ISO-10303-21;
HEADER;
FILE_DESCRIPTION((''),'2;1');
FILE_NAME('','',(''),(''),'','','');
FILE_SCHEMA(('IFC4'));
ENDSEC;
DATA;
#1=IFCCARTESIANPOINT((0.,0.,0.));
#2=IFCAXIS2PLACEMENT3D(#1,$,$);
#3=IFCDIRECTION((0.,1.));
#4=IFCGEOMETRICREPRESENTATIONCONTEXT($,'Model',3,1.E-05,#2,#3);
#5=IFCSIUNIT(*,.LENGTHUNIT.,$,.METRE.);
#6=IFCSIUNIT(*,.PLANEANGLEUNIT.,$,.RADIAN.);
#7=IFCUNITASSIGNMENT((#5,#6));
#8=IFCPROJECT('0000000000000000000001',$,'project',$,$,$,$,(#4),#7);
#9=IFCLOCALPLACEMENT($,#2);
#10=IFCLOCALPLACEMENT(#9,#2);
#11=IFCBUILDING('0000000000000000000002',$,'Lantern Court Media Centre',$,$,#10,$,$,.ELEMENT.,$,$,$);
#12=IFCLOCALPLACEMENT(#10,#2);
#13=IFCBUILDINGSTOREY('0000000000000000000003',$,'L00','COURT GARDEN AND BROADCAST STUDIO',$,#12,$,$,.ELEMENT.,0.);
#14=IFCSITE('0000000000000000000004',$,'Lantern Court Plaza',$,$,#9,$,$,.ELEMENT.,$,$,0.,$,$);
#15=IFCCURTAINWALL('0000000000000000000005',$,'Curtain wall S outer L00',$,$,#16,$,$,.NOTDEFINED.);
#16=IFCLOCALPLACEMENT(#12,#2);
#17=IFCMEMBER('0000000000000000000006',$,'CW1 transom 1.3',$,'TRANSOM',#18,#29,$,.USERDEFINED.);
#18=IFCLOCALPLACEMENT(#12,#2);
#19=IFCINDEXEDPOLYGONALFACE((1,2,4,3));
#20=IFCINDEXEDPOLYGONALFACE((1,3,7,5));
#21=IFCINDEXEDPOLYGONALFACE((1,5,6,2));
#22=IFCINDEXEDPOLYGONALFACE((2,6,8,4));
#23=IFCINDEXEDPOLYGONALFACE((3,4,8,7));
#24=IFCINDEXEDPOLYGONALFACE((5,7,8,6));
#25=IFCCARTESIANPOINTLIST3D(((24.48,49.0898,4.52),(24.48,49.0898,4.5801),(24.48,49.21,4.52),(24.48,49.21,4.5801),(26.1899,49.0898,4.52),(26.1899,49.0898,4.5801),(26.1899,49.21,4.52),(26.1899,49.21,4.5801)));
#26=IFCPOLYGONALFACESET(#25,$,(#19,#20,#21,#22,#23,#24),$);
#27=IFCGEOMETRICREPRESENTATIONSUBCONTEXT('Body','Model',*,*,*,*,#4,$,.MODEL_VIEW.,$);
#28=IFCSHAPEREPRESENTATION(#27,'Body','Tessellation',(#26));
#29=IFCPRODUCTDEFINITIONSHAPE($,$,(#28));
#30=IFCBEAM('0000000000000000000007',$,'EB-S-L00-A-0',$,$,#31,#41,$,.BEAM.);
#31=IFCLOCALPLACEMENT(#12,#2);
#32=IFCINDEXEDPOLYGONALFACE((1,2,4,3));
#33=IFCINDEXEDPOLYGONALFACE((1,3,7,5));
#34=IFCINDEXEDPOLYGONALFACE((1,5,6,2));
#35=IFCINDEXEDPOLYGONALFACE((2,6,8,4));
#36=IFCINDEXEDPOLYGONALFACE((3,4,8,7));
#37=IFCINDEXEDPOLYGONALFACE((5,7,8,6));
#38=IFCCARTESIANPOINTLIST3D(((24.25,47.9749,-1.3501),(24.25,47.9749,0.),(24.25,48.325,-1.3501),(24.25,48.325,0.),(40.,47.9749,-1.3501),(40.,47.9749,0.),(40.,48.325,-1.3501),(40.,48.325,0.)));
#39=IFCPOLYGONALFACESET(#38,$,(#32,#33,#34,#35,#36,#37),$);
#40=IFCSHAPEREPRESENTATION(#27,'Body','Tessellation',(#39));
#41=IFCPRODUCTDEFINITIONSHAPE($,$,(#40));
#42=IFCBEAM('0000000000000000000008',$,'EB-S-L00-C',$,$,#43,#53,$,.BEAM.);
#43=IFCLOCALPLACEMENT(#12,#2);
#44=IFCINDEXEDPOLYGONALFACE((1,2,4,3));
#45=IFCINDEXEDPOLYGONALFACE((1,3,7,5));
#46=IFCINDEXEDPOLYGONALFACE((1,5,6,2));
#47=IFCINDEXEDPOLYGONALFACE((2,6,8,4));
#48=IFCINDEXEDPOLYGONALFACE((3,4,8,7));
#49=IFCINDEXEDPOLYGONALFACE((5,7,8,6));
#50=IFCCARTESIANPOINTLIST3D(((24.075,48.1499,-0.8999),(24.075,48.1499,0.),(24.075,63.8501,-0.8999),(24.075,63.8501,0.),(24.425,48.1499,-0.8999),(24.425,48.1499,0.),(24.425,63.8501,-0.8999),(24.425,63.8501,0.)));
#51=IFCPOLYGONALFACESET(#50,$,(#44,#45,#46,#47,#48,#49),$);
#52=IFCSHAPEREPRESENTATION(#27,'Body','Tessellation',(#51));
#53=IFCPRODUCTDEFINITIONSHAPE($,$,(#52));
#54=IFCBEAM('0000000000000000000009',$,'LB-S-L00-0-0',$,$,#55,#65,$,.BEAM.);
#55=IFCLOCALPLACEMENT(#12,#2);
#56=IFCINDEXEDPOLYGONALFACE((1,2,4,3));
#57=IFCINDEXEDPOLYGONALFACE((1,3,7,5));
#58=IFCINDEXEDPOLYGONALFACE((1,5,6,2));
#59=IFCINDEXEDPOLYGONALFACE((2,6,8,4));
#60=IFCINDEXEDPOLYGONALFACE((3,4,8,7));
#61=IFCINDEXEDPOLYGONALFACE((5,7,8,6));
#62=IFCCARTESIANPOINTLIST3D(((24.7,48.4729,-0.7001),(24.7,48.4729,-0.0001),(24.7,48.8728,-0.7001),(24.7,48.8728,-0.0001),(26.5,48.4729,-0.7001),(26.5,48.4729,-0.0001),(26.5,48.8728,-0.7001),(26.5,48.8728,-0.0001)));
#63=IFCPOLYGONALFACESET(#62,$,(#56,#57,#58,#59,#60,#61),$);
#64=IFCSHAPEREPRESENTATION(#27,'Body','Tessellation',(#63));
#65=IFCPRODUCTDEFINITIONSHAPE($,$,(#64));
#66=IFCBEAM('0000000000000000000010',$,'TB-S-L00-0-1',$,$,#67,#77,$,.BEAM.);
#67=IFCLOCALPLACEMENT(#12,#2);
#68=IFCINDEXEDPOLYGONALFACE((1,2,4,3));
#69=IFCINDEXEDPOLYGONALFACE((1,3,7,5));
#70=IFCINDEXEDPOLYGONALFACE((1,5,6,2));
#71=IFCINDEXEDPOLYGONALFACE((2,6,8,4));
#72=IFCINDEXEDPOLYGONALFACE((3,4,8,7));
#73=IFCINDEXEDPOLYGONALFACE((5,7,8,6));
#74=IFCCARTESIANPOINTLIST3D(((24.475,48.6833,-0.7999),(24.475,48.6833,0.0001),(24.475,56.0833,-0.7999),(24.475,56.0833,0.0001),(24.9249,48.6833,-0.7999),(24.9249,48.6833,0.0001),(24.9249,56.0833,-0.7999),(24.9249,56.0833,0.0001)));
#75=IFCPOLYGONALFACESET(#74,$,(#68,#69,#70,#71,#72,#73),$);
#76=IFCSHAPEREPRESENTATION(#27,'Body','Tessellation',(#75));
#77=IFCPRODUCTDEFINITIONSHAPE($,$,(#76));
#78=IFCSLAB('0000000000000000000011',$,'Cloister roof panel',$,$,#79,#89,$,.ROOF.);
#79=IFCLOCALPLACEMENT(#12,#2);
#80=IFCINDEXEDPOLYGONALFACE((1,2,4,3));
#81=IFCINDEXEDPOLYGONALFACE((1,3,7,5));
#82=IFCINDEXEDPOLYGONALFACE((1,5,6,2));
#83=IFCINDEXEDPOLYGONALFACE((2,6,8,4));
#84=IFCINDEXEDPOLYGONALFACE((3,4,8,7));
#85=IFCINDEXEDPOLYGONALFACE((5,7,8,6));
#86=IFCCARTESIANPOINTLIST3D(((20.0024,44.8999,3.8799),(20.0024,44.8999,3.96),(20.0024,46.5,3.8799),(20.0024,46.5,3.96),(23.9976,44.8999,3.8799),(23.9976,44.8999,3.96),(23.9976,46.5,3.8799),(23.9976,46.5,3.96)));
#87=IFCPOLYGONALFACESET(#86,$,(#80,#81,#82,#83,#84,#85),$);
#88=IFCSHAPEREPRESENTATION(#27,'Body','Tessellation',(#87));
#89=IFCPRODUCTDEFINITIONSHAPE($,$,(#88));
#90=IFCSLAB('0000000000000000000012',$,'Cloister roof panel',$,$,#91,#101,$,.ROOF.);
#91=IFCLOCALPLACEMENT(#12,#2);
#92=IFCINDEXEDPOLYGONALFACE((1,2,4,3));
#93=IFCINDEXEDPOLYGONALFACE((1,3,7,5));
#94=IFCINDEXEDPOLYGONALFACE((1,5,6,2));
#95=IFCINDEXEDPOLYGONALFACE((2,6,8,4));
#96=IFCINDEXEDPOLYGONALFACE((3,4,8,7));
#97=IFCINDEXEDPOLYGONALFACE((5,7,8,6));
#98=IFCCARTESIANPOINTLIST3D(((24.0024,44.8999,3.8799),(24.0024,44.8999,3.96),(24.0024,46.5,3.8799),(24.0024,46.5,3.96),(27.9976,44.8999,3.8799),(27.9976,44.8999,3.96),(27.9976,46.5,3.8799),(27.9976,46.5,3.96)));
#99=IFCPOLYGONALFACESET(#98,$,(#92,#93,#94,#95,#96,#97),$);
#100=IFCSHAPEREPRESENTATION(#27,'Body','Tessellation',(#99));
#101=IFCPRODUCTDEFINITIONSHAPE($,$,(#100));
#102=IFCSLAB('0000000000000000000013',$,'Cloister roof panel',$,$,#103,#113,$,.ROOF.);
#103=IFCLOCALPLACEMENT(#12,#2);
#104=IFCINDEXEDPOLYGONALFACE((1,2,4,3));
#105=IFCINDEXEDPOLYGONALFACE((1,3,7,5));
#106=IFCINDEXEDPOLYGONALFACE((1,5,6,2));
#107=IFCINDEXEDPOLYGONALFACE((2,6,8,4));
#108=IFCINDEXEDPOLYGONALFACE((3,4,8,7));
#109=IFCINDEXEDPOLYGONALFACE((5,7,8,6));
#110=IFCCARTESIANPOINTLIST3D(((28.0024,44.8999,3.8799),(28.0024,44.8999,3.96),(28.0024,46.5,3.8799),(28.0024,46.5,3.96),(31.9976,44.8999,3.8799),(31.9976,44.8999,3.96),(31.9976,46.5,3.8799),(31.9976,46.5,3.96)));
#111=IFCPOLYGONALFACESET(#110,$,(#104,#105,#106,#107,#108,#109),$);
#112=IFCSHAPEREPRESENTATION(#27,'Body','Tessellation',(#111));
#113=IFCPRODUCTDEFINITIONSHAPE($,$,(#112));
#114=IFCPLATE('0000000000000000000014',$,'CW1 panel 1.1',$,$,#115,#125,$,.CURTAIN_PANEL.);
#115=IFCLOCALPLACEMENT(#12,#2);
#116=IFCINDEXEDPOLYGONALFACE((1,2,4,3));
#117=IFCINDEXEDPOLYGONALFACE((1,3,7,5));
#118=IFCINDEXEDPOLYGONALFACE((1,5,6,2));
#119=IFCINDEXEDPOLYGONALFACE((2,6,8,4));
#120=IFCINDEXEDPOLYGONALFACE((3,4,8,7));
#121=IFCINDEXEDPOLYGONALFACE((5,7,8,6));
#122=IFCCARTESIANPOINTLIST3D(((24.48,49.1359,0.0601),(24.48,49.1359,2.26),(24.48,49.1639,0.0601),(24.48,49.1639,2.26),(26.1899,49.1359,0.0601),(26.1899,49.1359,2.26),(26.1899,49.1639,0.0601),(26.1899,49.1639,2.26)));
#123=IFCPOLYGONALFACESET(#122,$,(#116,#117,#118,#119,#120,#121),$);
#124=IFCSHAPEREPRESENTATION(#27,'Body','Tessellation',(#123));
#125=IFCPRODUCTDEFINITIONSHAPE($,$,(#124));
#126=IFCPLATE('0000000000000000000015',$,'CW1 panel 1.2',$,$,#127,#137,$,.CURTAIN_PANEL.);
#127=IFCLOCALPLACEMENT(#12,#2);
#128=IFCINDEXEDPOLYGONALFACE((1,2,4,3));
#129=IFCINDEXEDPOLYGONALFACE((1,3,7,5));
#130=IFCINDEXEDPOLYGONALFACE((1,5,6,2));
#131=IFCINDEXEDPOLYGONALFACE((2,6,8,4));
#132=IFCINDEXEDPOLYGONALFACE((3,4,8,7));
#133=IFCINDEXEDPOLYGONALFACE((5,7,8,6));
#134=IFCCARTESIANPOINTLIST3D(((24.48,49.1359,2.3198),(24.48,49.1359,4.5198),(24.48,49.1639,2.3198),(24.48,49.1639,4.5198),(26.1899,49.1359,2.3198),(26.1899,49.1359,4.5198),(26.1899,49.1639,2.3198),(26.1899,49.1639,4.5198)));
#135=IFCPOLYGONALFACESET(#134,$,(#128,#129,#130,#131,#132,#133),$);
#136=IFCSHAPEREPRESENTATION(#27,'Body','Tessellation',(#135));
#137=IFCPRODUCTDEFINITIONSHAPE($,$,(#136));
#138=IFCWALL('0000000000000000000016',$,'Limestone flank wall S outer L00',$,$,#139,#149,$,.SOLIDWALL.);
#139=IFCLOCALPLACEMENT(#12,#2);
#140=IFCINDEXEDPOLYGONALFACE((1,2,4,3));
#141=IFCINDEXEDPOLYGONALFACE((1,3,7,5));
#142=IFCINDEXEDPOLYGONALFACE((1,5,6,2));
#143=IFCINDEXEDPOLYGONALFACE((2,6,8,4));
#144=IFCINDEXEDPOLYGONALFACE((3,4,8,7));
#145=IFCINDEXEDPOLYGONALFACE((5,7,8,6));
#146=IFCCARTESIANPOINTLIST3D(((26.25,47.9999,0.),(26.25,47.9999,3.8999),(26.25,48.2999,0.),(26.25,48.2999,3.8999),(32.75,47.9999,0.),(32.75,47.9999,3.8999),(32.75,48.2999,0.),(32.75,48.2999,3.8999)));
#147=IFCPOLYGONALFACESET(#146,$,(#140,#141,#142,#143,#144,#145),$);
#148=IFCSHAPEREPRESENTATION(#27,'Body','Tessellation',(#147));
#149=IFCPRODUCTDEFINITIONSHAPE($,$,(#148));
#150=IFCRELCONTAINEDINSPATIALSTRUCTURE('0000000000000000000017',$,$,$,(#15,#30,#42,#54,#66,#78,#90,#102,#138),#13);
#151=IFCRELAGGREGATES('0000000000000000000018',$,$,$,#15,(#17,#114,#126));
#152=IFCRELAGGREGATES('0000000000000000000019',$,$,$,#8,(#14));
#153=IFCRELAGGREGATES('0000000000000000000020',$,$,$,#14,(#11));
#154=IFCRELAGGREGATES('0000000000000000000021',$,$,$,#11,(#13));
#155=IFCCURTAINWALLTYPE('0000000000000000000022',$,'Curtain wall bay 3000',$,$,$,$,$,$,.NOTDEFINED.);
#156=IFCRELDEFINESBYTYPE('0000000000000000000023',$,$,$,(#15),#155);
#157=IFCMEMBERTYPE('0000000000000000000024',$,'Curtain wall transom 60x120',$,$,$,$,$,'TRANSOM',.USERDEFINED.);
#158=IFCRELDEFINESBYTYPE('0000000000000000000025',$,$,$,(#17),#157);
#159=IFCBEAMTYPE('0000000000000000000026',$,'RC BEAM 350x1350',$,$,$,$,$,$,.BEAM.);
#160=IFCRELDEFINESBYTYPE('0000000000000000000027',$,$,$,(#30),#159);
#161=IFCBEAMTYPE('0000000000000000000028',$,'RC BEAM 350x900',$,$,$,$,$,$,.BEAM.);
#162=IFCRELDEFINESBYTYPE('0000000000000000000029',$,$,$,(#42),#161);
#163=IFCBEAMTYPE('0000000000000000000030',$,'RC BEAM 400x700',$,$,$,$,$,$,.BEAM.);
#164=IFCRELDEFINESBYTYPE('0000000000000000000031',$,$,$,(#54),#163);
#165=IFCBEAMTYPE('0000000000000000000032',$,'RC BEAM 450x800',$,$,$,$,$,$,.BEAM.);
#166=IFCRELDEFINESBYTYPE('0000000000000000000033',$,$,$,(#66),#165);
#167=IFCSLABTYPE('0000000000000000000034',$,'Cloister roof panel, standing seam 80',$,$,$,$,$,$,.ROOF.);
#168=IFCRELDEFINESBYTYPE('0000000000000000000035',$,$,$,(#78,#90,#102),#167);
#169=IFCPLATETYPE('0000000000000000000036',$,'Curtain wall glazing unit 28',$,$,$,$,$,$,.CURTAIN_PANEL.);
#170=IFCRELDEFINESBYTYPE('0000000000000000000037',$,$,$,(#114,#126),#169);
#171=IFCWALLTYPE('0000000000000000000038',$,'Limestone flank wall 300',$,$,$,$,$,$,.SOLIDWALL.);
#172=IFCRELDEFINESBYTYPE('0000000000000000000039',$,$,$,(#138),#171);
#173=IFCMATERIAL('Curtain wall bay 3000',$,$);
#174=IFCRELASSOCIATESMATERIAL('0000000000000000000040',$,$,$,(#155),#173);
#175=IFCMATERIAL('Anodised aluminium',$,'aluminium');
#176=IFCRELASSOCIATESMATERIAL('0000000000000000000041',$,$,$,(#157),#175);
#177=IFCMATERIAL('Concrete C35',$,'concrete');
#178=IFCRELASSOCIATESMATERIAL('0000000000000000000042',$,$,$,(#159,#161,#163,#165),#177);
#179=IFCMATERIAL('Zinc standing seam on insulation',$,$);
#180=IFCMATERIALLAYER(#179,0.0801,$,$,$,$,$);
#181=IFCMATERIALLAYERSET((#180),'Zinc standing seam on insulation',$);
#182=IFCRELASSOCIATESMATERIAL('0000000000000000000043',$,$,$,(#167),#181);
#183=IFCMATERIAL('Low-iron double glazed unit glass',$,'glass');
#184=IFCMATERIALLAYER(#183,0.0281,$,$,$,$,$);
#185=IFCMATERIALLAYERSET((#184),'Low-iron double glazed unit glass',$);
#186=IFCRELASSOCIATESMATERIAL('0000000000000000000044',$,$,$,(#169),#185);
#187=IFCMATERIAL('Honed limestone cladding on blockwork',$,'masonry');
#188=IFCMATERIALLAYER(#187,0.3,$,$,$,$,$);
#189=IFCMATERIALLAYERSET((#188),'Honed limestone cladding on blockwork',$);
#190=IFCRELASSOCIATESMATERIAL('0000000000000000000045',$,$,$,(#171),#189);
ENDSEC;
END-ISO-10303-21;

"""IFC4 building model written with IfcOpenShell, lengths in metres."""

from ifc_helpers import new_model, si_unit, direction, frame, frame_2d, origin, origin_2d, place, context, subcontext, project, spatial, polyline, rectangle, outline, extrude, material, layer, layer_set, material_profile, profile_set, type_object, element, aggregate, save


model = new_model("IFC4")

# Units and contexts
model_context = context("Model", 3, precision=1e-05, world=origin(), true_north=direction((0.0, 1.0)))
body_context = subcontext(model_context, "Body", "Model", "MODEL_VIEW")
ifc_project = project(units=[si_unit("LENGTHUNIT", "METRE"), si_unit("PLANEANGLEUNIT", "RADIAN")], contexts=[model_context])

# Site, building, storey
site_placement = place(None, origin())
site = spatial("IfcSite", under=ifc_project, at=site_placement, Name="Lantern Court Plaza", CompositionType="ELEMENT", RefElevation=0.0)
building_placement = place(site_placement, origin())
building = spatial("IfcBuilding", under=site, at=building_placement, Name="Lantern Court Media Centre", CompositionType="ELEMENT")
storey_placement = place(building_placement, origin())
storey = spatial("IfcBuildingStorey", under=building, at=storey_placement, Name="L00", Description="COURT GARDEN AND BROADCAST STUDIO", CompositionType="ELEMENT", Elevation=0.0)

# Shared definitions
ifc_material_1 = material(Name="Concrete C35", Category="concrete")

# Curtain wall, member
ifc_material_2 = material(Name="Curtain wall bay 3000")
curtain_wall_type = type_object("IfcCurtainWallType", Name="Curtain wall bay 3000", PredefinedType="NOTDEFINED", material=ifc_material_2)
curtain_wall_placement = place(storey_placement, origin())
curtain_wall = element("IfcCurtainWall", 1, at=curtain_wall_placement, inside=storey, type_object=curtain_wall_type, Name="Curtain wall S outer L00", PredefinedType="NOTDEFINED")
ifc_material_3 = material(Name="Anodised aluminium", Category="aluminium")
ifc_material_profile_1 = material_profile(ifc_material_3, rectangle(XDim=0.1201, YDim=0.0601, at=origin_2d()), Name="AL 60x120")
ifc_profile_set_1 = profile_set([ifc_material_profile_1], Name="Anodised aluminium")
member_type_1 = type_object("IfcMemberType", Name="Curtain wall transom 60x120", ElementType="TRANSOM", PredefinedType="USERDEFINED", material=ifc_profile_set_1)
member_1_placement = place(storey_placement, frame((24.48, 49.1499, 4.55), z_axis=(1.0, 0.0, 0.0), x_axis=(0.0, 1.0, 0.0)))
member_1 = element("IfcMember", 2, at=member_1_placement, type_object=member_type_1, Name="CW1 transom 1.3", ObjectType="TRANSOM", PredefinedType="USERDEFINED", context=body_context, shape_type="SweptSolid", body=[
    extrude(rectangle(XDim=0.1201, YDim=0.0601, at=origin_2d()), origin(), (0.0, 0.0, 1.0), 1.71),
])

# Beams
ifc_material_profile_2 = material_profile(ifc_material_1, rectangle(XDim=0.3501, YDim=1.3501, at=origin_2d()), Name="RC 350x1350")
ifc_profile_set_2 = profile_set([ifc_material_profile_2], Name="Concrete C35")
beam_type_1 = type_object("IfcBeamType", Name="RC BEAM 350x1350", PredefinedType="BEAM", material=ifc_profile_set_2)
beam_1_placement = place(storey_placement, frame((24.25, 48.1499, -0.675), z_axis=(1.0, 0.0, 0.0), x_axis=(0.0, 1.0, 0.0)))
element("IfcBeam", 3, at=beam_1_placement, inside=storey, type_object=beam_type_1, Name="EB-S-L00-A-0", PredefinedType="BEAM", context=body_context, shape_type="SweptSolid", body=[
    extrude(rectangle(XDim=0.3501, YDim=1.3501, at=origin_2d()), origin(), (0.0, 0.0, 1.0), 15.75),
])
ifc_material_profile_3 = material_profile(ifc_material_1, rectangle(XDim=0.3501, YDim=0.8999, at=origin_2d()), Name="RC 350x900")
ifc_profile_set_3 = profile_set([ifc_material_profile_3], Name="Concrete C35")
beam_type_2 = type_object("IfcBeamType", Name="RC BEAM 350x900", PredefinedType="BEAM", material=ifc_profile_set_3)
beam_2_placement = place(storey_placement, frame((24.25, 48.1499, -0.45), z_axis=(0.0, 1.0, 0.0), x_axis=(-1.0, 0.0, 0.0)))
element("IfcBeam", 4, at=beam_2_placement, inside=storey, type_object=beam_type_2, Name="EB-S-L00-C", PredefinedType="BEAM", context=body_context, shape_type="SweptSolid", body=[
    extrude(rectangle(XDim=0.3501, YDim=0.8999, at=origin_2d()), origin(), (0.0, 0.0, 1.0), 15.7002),
])
ifc_material_profile_4 = material_profile(ifc_material_1, rectangle(XDim=0.3999, YDim=0.7, at=origin_2d()), Name="RC 400x700")
ifc_profile_set_4 = profile_set([ifc_material_profile_4], Name="Concrete C35")
beam_type_3 = type_object("IfcBeamType", Name="RC BEAM 400x700", PredefinedType="BEAM", material=ifc_profile_set_4)
beam_3_placement = place(storey_placement, frame((24.7, 48.6729, -0.3501), z_axis=(1.0, 0.0, 0.0), x_axis=(0.0, 1.0, 0.0)))
element("IfcBeam", 5, at=beam_3_placement, inside=storey, type_object=beam_type_3, Name="LB-S-L00-0-0", PredefinedType="BEAM", context=body_context, shape_type="SweptSolid", body=[
    extrude(rectangle(XDim=0.3999, YDim=0.7, at=origin_2d()), origin(), (0.0, 0.0, 1.0), 1.8),
])
ifc_material_profile_5 = material_profile(ifc_material_1, rectangle(XDim=0.45, YDim=0.8, at=origin_2d()), Name="RC 450x800")
ifc_profile_set_5 = profile_set([ifc_material_profile_5], Name="Concrete C35")
beam_type_4 = type_object("IfcBeamType", Name="RC BEAM 450x800", PredefinedType="BEAM", material=ifc_profile_set_5)
beam_4_placement = place(storey_placement, frame((24.7, 48.6833, -0.3999), z_axis=(0.0, 1.0, 0.0), x_axis=(-1.0, 0.0, 0.0)))
element("IfcBeam", 6, at=beam_4_placement, inside=storey, type_object=beam_type_4, Name="TB-S-L00-0-1", PredefinedType="BEAM", context=body_context, shape_type="SweptSolid", body=[
    extrude(rectangle(XDim=0.45, YDim=0.8, at=origin_2d()), origin(), (0.0, 0.0, 1.0), 7.3999),
])

# Slabs
ifc_material_4 = material(Name="Zinc standing seam on insulation")
ifc_layer_1 = layer(ifc_material_4, 0.0801)
ifc_layer_set_1 = layer_set([ifc_layer_1], Name="Zinc standing seam on insulation")
slab_type = type_object("IfcSlabType", Name="Cloister roof panel, standing seam 80", PredefinedType="ROOF", material=ifc_layer_set_1)
for number, where, z_axis, x_axis, name in (
    (7, (20.0024, 44.8999, 3.96), (0.0, 0.0, 1.0), (1.0, 0.0, 0.0), "Cloister roof panel"),
    (8, (24.0024, 44.8999, 3.96), (0.0, 0.0, 1.0), (1.0, 0.0, 0.0), "Cloister roof panel"),
    (9, (28.0024, 44.8999, 3.96), (0.0, 0.0, 1.0), (1.0, 0.0, 0.0), "Cloister roof panel"),
):
    element("IfcSlab", number, at=place(storey_placement, frame(where, z_axis=z_axis, x_axis=x_axis)), inside=storey, type_object=slab_type, Name=name, PredefinedType="ROOF", context=body_context, shape_type="SweptSolid", body=[
        extrude(outline(polyline([(0.0, 0.0), (3.9951, 0.0), (3.9951, 1.6001), (0.0, 1.6001), (0.0, 0.0)])), origin(), (0.0, 0.0, -1.0), 0.0801),
    ])

# Plates
ifc_material_5 = material(Name="Low-iron double glazed unit glass", Category="glass")
ifc_layer_2 = layer(ifc_material_5, 0.0281)
ifc_layer_set_2 = layer_set([ifc_layer_2], Name="Low-iron double glazed unit glass")
plate_type = type_object("IfcPlateType", Name="Curtain wall glazing unit 28", PredefinedType="CURTAIN_PANEL", material=ifc_layer_set_2)
plate_1_placement = place(storey_placement, frame((25.335, 49.1499, 0.0601), z_axis=(0.0, 0.0, 1.0), x_axis=(1.0, 0.0, 0.0)))
plate_1 = element("IfcPlate", 10, at=plate_1_placement, type_object=plate_type, Name="CW1 panel 1.1", PredefinedType="CURTAIN_PANEL", context=body_context, shape_type="SweptSolid", body=[
    extrude(rectangle(XDim=1.71, YDim=0.0281, at=origin_2d()), origin(), (0.0, 0.0, 1.0), 2.2),
])
plate_2_placement = place(storey_placement, frame((25.335, 49.1499, 2.3198), z_axis=(0.0, 0.0, 1.0), x_axis=(1.0, 0.0, 0.0)))
plate_2 = element("IfcPlate", 11, at=plate_2_placement, type_object=plate_type, Name="CW1 panel 1.2", PredefinedType="CURTAIN_PANEL", context=body_context, shape_type="SweptSolid", body=[
    extrude(rectangle(XDim=1.71, YDim=0.0281, at=origin_2d()), origin(), (0.0, 0.0, 1.0), 2.2),
])
aggregate(curtain_wall, [member_1, plate_1, plate_2])

# Wall
ifc_material_6 = material(Name="Honed limestone cladding on blockwork", Category="masonry")
ifc_layer_3 = layer(ifc_material_6, 0.3)
ifc_layer_set_3 = layer_set([ifc_layer_3], Name="Honed limestone cladding on blockwork")
wall_type_1 = type_object("IfcWallType", Name="Limestone flank wall 300", PredefinedType="SOLIDWALL", material=ifc_layer_set_3)
wall_1_placement = place(storey_placement, frame((26.25, 48.1499, 0.0), z_axis=(0.0, 0.0, 1.0), x_axis=(1.0, 0.0, 0.0)))
element("IfcWall", 12, at=wall_1_placement, inside=storey, type_object=wall_type_1, Name="Limestone flank wall S outer L00", PredefinedType="SOLIDWALL", context=body_context, shape_type="SweptSolid", body=[
    extrude(rectangle(XDim=6.5, YDim=0.3, at=frame_2d((3.25, 0.0))), origin(), (0.0, 0.0, 1.0), 3.8999),
])

save(model, "model.ifc")
